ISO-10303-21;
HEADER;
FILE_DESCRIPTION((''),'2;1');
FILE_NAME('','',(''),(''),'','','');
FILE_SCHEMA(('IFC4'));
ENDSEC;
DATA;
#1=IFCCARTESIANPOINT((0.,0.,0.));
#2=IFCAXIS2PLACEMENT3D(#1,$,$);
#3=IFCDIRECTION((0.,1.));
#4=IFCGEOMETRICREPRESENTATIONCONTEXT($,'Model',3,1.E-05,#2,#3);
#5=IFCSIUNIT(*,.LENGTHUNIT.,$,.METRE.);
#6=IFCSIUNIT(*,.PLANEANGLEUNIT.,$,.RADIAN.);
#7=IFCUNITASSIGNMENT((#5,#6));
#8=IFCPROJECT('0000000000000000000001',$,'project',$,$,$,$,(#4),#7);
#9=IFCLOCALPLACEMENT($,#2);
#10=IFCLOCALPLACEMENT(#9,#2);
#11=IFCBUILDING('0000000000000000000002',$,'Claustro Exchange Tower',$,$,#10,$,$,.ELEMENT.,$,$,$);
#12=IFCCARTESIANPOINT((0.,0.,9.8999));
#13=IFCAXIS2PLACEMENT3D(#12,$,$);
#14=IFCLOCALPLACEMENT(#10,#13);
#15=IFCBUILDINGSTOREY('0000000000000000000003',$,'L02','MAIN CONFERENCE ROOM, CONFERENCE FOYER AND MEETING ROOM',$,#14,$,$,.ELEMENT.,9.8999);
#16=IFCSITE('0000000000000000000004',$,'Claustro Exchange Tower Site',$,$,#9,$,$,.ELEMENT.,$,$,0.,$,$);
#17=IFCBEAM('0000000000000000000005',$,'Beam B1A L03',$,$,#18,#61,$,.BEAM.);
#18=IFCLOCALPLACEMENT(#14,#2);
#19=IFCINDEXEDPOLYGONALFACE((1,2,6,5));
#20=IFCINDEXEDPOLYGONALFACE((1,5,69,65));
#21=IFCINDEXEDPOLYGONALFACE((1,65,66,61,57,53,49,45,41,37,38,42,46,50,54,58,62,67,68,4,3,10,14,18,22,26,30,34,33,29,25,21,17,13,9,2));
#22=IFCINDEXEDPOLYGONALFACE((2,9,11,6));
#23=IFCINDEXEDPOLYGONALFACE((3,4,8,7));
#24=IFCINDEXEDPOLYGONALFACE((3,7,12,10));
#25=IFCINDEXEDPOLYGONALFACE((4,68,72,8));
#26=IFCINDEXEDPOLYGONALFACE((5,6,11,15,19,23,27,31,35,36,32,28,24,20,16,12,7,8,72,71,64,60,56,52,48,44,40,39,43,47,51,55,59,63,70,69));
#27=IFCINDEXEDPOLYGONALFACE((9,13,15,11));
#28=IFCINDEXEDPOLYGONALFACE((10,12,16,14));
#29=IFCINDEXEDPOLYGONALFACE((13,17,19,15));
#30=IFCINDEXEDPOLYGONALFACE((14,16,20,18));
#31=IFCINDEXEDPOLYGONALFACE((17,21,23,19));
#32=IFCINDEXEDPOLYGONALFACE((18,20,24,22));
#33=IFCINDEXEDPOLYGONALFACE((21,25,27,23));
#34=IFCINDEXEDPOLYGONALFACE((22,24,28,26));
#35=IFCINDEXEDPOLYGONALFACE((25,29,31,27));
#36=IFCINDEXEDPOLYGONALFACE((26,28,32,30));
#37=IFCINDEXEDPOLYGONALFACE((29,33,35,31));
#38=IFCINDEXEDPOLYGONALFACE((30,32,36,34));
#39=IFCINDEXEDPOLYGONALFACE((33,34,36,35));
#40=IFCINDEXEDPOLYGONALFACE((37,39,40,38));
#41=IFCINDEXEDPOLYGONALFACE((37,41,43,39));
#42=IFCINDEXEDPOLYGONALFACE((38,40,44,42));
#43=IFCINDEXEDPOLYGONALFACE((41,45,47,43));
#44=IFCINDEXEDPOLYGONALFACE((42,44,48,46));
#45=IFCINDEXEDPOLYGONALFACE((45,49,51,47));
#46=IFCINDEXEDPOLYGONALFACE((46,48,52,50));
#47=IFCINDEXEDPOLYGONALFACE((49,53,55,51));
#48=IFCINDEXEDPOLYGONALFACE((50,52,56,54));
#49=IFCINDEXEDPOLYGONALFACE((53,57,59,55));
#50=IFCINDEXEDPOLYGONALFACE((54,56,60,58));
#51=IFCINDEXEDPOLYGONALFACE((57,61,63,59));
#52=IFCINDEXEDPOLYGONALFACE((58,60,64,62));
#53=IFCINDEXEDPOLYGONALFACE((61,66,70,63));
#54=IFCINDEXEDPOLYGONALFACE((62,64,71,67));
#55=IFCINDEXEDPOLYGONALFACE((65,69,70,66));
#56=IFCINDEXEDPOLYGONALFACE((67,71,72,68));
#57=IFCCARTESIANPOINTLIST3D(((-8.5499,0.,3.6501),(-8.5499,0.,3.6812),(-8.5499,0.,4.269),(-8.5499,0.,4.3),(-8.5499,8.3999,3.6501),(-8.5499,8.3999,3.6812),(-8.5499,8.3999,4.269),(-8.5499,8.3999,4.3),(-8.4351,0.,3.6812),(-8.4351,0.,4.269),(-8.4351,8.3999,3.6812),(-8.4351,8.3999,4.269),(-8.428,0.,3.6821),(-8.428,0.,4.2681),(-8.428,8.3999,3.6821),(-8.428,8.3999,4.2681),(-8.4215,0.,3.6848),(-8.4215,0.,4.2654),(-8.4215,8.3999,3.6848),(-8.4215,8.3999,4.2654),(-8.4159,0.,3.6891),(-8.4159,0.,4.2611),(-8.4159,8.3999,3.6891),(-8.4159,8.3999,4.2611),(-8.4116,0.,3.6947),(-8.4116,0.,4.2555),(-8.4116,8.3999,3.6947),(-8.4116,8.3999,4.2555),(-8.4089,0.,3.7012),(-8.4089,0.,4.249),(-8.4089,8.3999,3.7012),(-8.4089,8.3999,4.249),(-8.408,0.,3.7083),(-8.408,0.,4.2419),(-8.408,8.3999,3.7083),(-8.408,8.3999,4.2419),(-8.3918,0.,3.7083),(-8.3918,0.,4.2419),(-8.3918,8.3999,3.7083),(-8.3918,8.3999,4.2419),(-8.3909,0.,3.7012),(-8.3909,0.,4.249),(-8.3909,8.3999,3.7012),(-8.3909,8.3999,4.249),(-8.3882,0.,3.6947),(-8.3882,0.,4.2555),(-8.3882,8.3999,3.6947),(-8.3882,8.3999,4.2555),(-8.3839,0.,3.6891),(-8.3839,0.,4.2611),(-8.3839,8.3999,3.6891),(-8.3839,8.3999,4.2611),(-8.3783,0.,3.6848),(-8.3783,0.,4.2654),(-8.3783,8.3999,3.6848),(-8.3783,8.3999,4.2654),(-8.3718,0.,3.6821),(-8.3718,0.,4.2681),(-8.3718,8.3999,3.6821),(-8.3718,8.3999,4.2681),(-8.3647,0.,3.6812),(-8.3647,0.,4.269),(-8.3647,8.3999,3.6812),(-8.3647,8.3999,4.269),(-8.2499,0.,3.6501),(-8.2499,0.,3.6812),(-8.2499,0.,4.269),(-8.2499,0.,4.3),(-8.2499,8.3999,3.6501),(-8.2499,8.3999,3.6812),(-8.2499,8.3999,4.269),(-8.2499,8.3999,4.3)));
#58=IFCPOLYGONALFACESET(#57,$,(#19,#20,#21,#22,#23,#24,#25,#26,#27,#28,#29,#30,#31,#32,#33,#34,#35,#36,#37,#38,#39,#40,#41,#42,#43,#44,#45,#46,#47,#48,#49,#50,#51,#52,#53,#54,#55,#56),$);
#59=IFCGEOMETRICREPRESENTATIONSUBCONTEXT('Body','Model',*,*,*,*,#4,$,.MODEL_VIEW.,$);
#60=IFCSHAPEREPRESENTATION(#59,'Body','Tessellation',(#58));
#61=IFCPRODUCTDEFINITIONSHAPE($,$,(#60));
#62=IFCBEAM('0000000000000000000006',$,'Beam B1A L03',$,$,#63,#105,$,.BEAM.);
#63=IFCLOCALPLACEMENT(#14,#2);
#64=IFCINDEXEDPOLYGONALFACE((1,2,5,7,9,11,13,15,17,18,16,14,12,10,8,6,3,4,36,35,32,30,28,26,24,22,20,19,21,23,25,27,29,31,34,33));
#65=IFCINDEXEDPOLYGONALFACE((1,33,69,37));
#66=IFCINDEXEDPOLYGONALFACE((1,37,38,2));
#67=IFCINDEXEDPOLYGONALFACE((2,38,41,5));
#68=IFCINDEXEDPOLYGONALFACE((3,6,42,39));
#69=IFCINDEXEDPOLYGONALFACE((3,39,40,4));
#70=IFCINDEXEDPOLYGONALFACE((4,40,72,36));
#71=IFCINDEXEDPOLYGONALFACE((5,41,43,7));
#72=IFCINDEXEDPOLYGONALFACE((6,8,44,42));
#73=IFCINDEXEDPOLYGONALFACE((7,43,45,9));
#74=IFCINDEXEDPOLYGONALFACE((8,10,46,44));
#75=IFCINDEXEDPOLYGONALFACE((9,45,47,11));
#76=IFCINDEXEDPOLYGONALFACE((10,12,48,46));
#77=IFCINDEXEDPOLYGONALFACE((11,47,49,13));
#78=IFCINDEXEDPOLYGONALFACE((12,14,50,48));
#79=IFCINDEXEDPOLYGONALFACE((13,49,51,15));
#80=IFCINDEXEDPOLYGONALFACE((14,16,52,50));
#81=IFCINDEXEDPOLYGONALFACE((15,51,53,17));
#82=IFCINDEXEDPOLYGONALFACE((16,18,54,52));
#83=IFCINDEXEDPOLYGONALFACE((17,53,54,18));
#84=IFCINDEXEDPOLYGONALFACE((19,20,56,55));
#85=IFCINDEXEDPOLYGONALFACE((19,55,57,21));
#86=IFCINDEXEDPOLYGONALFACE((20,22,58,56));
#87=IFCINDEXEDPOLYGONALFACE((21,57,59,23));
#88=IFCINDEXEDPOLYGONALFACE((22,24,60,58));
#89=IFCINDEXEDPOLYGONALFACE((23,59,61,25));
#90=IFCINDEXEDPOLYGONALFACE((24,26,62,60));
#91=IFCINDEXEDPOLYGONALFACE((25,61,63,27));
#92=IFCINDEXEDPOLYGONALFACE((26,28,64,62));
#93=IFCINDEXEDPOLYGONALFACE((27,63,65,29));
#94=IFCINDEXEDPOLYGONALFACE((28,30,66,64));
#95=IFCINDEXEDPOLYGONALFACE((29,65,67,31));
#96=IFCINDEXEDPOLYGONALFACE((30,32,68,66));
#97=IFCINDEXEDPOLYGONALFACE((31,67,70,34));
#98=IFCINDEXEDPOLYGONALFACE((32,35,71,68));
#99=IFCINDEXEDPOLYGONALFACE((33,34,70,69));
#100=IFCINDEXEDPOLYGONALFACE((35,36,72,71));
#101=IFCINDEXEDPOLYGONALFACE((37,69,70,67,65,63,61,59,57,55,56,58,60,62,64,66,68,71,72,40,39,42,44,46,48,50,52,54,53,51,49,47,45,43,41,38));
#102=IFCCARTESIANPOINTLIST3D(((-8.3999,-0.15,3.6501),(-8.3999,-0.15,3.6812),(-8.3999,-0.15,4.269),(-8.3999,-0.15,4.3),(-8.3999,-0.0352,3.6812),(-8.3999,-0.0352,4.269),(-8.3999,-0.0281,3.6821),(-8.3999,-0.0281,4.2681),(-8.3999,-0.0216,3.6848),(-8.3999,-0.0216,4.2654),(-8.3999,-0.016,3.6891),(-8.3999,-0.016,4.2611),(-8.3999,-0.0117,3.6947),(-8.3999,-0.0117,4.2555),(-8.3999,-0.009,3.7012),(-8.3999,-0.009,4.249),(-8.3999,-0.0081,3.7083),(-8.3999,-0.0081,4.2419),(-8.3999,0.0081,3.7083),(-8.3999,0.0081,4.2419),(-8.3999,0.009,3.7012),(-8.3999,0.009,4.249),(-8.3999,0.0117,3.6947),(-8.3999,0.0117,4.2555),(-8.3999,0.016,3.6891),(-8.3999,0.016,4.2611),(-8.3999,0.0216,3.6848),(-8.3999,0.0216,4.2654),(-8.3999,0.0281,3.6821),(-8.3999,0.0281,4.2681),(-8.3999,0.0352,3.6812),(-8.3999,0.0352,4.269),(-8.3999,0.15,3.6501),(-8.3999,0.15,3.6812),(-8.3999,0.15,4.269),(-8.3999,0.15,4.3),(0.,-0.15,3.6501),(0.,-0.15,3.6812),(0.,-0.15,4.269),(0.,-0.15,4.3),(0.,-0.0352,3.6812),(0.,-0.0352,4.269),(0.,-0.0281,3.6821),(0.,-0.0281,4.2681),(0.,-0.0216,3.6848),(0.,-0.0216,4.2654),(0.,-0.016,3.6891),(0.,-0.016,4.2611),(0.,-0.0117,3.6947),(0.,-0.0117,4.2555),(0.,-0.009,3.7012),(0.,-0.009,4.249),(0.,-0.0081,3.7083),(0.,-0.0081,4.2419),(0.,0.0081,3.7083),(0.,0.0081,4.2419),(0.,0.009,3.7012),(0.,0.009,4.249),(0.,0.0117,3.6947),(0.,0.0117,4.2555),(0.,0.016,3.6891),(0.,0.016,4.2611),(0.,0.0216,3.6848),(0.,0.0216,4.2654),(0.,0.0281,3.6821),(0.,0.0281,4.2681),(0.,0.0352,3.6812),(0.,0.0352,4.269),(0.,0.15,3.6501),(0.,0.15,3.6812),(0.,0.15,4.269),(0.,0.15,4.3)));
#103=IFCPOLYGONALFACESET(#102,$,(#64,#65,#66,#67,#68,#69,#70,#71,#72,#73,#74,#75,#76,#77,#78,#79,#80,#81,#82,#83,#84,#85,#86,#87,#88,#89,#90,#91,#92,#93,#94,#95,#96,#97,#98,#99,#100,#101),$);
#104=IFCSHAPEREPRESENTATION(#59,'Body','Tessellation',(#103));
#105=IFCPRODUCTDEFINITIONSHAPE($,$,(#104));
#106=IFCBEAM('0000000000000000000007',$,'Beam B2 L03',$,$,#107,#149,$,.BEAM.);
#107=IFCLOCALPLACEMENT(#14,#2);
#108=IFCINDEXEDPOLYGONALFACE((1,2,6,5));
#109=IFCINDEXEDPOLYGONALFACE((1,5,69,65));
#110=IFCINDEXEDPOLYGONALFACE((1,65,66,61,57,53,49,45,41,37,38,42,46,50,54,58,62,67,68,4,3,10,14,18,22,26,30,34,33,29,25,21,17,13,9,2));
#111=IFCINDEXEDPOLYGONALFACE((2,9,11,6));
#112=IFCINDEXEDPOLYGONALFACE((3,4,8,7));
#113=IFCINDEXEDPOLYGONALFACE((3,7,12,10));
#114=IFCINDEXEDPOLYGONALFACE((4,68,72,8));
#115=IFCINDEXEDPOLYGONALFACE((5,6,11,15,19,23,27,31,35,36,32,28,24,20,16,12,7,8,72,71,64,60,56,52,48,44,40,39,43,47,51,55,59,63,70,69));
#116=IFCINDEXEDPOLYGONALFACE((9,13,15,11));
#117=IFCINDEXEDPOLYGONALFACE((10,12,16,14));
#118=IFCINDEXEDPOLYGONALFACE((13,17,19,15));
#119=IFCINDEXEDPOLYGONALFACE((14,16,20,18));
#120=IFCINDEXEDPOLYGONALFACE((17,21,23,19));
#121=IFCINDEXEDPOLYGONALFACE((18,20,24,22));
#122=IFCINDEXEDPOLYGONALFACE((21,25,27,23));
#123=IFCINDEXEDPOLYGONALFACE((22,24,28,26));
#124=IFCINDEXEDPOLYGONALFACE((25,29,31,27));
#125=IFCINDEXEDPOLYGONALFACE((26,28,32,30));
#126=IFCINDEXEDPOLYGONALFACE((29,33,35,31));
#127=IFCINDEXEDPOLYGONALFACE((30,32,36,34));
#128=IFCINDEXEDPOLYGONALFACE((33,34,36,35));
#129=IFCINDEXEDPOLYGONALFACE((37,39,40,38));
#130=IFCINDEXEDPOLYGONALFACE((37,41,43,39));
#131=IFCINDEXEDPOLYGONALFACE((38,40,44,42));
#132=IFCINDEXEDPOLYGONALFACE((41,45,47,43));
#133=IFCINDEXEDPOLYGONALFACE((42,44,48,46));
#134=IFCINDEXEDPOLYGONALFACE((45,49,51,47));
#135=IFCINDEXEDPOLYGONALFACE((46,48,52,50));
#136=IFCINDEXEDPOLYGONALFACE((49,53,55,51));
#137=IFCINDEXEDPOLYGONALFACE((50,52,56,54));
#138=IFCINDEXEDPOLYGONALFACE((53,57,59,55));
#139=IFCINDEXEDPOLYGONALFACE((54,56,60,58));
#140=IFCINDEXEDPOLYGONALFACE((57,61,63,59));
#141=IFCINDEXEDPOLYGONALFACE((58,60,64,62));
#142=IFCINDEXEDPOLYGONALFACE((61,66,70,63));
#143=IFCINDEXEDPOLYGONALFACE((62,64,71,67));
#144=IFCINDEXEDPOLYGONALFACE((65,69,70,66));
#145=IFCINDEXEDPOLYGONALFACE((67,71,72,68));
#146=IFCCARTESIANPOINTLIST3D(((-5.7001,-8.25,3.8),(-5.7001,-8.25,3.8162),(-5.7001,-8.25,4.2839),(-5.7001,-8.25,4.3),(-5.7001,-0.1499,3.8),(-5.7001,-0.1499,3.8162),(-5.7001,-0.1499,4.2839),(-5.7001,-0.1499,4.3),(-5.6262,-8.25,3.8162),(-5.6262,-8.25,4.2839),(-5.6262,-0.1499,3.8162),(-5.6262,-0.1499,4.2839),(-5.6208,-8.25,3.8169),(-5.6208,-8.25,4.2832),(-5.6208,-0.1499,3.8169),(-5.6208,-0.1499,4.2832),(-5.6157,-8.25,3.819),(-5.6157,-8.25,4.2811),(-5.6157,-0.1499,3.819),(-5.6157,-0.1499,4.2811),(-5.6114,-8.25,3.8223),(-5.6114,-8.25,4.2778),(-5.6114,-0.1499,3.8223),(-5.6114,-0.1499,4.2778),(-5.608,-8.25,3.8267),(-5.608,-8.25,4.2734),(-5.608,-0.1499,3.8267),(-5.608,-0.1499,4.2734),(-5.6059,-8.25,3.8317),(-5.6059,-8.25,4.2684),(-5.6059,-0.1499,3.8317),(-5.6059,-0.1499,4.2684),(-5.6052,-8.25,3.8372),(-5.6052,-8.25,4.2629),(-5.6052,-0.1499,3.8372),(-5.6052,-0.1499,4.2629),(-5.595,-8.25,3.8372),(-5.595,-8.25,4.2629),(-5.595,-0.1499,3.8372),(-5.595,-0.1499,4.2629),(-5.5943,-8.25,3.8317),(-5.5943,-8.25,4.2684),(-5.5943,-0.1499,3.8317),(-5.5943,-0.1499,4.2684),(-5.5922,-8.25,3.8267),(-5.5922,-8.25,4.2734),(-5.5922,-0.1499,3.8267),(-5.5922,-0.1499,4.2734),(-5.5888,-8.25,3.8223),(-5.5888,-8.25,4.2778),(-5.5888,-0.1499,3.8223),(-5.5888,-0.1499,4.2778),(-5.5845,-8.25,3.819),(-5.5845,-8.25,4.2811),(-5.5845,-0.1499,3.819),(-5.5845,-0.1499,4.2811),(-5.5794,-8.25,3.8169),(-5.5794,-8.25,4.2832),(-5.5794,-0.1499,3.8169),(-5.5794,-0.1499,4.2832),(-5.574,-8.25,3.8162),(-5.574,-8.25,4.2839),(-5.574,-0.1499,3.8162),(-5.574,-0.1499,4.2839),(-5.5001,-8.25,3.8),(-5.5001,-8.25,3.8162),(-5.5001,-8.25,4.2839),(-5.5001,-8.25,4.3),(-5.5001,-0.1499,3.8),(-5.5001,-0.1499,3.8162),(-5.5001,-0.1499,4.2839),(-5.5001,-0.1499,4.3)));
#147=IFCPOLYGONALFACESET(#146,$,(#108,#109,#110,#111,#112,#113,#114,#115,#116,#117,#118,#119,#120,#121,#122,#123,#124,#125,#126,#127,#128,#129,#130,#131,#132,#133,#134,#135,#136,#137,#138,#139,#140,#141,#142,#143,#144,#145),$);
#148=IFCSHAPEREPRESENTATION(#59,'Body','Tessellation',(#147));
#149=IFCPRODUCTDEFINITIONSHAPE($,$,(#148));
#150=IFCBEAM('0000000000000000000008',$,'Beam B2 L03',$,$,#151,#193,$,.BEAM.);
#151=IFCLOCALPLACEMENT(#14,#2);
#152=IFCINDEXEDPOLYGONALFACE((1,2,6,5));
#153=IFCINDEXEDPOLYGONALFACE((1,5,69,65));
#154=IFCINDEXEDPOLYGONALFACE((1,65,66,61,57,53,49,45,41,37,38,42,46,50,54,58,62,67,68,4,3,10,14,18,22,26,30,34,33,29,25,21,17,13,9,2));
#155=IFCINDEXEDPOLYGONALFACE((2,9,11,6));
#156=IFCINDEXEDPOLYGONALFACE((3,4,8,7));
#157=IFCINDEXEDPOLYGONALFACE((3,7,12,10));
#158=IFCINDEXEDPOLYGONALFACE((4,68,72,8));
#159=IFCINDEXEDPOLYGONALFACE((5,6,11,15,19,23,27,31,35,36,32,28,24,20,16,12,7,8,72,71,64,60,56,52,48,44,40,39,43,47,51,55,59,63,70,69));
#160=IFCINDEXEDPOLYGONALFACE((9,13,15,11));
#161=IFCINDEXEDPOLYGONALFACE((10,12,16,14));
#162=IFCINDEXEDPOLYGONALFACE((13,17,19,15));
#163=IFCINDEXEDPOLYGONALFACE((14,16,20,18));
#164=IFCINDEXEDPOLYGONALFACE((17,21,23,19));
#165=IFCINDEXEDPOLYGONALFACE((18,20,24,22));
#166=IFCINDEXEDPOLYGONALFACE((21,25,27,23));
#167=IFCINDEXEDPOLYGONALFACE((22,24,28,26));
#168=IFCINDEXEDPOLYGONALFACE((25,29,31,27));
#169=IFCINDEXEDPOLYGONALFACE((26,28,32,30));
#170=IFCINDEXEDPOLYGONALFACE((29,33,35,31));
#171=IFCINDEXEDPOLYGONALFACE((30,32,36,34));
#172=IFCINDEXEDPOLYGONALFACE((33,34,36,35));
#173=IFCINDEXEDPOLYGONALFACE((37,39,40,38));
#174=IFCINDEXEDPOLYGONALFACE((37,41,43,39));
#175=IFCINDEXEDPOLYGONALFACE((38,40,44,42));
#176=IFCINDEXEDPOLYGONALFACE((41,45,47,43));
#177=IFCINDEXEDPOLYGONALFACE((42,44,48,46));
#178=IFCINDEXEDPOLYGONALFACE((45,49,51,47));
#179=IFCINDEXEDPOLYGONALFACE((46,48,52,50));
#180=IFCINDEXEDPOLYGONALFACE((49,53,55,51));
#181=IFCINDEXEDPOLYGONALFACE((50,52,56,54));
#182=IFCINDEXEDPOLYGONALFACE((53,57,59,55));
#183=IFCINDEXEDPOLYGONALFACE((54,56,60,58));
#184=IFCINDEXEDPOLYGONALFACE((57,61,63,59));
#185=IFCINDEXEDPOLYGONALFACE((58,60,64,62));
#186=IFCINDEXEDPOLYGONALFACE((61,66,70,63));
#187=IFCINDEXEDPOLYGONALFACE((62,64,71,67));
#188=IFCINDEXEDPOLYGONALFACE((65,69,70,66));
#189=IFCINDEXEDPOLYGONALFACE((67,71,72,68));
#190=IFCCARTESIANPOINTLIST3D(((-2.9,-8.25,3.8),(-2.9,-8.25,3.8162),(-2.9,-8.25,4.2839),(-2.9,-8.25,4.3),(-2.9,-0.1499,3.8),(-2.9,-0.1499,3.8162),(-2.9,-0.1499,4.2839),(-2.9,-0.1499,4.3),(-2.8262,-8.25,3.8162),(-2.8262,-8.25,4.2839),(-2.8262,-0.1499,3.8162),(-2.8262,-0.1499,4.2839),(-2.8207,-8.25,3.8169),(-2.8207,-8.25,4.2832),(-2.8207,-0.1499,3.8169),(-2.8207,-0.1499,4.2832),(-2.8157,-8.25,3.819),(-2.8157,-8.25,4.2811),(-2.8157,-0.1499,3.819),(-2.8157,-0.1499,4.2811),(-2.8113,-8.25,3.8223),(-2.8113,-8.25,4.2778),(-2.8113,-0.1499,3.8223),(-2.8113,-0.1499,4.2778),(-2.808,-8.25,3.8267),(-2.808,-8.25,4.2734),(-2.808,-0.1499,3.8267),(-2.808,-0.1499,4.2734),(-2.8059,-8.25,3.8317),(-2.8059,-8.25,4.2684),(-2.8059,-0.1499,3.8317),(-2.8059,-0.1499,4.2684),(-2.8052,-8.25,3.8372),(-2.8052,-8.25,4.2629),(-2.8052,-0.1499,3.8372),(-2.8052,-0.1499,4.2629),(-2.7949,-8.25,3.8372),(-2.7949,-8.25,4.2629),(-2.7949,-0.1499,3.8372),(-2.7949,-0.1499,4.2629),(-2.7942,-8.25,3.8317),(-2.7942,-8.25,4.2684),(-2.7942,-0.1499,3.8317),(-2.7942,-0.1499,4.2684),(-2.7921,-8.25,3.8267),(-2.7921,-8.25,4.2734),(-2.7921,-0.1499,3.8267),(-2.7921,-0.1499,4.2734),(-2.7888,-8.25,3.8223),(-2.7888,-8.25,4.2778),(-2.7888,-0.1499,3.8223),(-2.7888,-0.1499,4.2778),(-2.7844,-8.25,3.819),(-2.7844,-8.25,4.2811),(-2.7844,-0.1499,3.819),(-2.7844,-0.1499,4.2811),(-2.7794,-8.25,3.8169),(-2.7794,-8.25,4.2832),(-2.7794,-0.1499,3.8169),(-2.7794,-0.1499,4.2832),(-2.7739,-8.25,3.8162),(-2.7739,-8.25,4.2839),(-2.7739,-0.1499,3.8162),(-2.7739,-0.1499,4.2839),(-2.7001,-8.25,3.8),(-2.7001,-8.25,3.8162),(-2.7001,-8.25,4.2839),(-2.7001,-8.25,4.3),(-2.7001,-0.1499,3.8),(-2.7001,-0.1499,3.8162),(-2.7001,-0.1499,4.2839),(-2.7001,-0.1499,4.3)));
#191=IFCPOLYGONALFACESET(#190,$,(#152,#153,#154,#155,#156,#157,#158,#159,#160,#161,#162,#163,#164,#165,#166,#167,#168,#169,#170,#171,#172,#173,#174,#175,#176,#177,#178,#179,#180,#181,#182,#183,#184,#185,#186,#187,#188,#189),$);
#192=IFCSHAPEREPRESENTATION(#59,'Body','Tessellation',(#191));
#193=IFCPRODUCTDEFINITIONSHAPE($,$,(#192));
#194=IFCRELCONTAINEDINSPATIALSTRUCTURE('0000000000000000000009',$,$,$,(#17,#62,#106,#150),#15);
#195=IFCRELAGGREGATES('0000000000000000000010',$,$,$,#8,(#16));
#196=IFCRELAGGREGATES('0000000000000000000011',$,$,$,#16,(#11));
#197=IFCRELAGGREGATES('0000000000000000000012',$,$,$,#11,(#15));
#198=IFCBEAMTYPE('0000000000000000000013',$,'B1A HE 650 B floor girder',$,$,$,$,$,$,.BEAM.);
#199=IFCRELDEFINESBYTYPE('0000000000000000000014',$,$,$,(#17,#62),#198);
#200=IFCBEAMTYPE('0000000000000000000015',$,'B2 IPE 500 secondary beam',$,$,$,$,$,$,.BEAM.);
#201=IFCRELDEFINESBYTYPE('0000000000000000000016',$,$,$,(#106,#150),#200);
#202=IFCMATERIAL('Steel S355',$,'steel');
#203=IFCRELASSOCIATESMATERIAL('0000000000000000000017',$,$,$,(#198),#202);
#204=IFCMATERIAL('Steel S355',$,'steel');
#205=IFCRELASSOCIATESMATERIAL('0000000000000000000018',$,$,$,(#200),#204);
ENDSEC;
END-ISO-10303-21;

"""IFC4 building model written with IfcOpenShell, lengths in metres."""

from ifc_helpers import new_model, si_unit, direction, frame, origin, origin_2d, place, context, subcontext, project, spatial, i_section, extrude, material, material_profile, profile_set, type_object, element, save


model = new_model("IFC4")

# Units and contexts
model_context = context("Model", 3, precision=1e-05, world=origin(), true_north=direction((0.0, 1.0)))
body_context = subcontext(model_context, "Body", "Model", "MODEL_VIEW")
ifc_project = project(units=[si_unit("LENGTHUNIT", "METRE"), si_unit("PLANEANGLEUNIT", "RADIAN")], contexts=[model_context])

# Site, building, storey
site_placement = place(None, origin())
site = spatial("IfcSite", under=ifc_project, at=site_placement, Name="Claustro Exchange Tower Site", CompositionType="ELEMENT", RefElevation=0.0)
building_placement = place(site_placement, origin())
building = spatial("IfcBuilding", under=site, at=building_placement, Name="Claustro Exchange Tower", CompositionType="ELEMENT")
storey_placement = place(building_placement, frame((0.0, 0.0, 9.8999)))
storey = spatial("IfcBuildingStorey", under=building, at=storey_placement, Name="L02", Description="MAIN CONFERENCE ROOM, CONFERENCE FOYER AND MEETING ROOM", CompositionType="ELEMENT", Elevation=9.8999)

# Beams
ifc_material_1 = material(Name="Steel S355", Category="steel")
ifc_material_profile_1 = material_profile(ifc_material_1, i_section(OverallWidth=0.3, OverallDepth=0.6499, WebThickness=0.0161, FlangeThickness=0.031, FilletRadius=0.0271, at=origin_2d()), Name="HE 650 B")
ifc_profile_set_1 = profile_set([ifc_material_profile_1], Name="Steel S355")
beam_type_1 = type_object("IfcBeamType", Name="B1A HE 650 B floor girder", PredefinedType="BEAM", material=ifc_profile_set_1)
for number, where, z_axis, x_axis, name in (
    (1, (-8.3999, 0.0, 3.9751), (0.0, 1.0, 0.0), (-1.0, 0.0, 0.0), "Beam B1A L03"),
    (2, (-8.3999, 0.0, 3.9751), (1.0, 0.0, 0.0), (0.0, 1.0, 0.0), "Beam B1A L03"),
):
    element("IfcBeam", number, at=place(storey_placement, frame(where, z_axis=z_axis, x_axis=x_axis)), inside=storey, type_object=beam_type_1, Name=name, PredefinedType="BEAM", context=body_context, shape_type="SweptSolid", body=[
        extrude(i_section(OverallWidth=0.3, OverallDepth=0.6499, WebThickness=0.0161, FlangeThickness=0.031, FilletRadius=0.0271, at=origin_2d()), origin(), (0.0, 0.0, 1.0), 8.3999),
    ])
ifc_material_2 = material(Name="Steel S355", Category="steel")
ifc_material_profile_2 = material_profile(ifc_material_2, i_section(OverallWidth=0.2, OverallDepth=0.5, WebThickness=0.0103, FlangeThickness=0.0161, FilletRadius=0.021, at=origin_2d()), Name="IPE 500")
ifc_profile_set_2 = profile_set([ifc_material_profile_2], Name="Steel S355")
beam_type_2 = type_object("IfcBeamType", Name="B2 IPE 500 secondary beam", PredefinedType="BEAM", material=ifc_profile_set_2)
for number, where, z_axis, x_axis, name in (
    (3, (-5.6001, -8.25, 4.05), (0.0, 1.0, 0.0), (-1.0, 0.0, 0.0), "Beam B2 L03"),
    (4, (-2.8, -8.25, 4.05), (0.0, 1.0, 0.0), (-1.0, 0.0, 0.0), "Beam B2 L03"),
):
    element("IfcBeam", number, at=place(storey_placement, frame(where, z_axis=z_axis, x_axis=x_axis)), inside=storey, type_object=beam_type_2, Name=name, PredefinedType="BEAM", context=body_context, shape_type="SweptSolid", body=[
        extrude(i_section(OverallWidth=0.2, OverallDepth=0.5, WebThickness=0.0103, FlangeThickness=0.0161, FilletRadius=0.021, at=origin_2d()), origin(), (0.0, 0.0, 1.0), 8.1001),
    ])

save(model, "model.ifc")
